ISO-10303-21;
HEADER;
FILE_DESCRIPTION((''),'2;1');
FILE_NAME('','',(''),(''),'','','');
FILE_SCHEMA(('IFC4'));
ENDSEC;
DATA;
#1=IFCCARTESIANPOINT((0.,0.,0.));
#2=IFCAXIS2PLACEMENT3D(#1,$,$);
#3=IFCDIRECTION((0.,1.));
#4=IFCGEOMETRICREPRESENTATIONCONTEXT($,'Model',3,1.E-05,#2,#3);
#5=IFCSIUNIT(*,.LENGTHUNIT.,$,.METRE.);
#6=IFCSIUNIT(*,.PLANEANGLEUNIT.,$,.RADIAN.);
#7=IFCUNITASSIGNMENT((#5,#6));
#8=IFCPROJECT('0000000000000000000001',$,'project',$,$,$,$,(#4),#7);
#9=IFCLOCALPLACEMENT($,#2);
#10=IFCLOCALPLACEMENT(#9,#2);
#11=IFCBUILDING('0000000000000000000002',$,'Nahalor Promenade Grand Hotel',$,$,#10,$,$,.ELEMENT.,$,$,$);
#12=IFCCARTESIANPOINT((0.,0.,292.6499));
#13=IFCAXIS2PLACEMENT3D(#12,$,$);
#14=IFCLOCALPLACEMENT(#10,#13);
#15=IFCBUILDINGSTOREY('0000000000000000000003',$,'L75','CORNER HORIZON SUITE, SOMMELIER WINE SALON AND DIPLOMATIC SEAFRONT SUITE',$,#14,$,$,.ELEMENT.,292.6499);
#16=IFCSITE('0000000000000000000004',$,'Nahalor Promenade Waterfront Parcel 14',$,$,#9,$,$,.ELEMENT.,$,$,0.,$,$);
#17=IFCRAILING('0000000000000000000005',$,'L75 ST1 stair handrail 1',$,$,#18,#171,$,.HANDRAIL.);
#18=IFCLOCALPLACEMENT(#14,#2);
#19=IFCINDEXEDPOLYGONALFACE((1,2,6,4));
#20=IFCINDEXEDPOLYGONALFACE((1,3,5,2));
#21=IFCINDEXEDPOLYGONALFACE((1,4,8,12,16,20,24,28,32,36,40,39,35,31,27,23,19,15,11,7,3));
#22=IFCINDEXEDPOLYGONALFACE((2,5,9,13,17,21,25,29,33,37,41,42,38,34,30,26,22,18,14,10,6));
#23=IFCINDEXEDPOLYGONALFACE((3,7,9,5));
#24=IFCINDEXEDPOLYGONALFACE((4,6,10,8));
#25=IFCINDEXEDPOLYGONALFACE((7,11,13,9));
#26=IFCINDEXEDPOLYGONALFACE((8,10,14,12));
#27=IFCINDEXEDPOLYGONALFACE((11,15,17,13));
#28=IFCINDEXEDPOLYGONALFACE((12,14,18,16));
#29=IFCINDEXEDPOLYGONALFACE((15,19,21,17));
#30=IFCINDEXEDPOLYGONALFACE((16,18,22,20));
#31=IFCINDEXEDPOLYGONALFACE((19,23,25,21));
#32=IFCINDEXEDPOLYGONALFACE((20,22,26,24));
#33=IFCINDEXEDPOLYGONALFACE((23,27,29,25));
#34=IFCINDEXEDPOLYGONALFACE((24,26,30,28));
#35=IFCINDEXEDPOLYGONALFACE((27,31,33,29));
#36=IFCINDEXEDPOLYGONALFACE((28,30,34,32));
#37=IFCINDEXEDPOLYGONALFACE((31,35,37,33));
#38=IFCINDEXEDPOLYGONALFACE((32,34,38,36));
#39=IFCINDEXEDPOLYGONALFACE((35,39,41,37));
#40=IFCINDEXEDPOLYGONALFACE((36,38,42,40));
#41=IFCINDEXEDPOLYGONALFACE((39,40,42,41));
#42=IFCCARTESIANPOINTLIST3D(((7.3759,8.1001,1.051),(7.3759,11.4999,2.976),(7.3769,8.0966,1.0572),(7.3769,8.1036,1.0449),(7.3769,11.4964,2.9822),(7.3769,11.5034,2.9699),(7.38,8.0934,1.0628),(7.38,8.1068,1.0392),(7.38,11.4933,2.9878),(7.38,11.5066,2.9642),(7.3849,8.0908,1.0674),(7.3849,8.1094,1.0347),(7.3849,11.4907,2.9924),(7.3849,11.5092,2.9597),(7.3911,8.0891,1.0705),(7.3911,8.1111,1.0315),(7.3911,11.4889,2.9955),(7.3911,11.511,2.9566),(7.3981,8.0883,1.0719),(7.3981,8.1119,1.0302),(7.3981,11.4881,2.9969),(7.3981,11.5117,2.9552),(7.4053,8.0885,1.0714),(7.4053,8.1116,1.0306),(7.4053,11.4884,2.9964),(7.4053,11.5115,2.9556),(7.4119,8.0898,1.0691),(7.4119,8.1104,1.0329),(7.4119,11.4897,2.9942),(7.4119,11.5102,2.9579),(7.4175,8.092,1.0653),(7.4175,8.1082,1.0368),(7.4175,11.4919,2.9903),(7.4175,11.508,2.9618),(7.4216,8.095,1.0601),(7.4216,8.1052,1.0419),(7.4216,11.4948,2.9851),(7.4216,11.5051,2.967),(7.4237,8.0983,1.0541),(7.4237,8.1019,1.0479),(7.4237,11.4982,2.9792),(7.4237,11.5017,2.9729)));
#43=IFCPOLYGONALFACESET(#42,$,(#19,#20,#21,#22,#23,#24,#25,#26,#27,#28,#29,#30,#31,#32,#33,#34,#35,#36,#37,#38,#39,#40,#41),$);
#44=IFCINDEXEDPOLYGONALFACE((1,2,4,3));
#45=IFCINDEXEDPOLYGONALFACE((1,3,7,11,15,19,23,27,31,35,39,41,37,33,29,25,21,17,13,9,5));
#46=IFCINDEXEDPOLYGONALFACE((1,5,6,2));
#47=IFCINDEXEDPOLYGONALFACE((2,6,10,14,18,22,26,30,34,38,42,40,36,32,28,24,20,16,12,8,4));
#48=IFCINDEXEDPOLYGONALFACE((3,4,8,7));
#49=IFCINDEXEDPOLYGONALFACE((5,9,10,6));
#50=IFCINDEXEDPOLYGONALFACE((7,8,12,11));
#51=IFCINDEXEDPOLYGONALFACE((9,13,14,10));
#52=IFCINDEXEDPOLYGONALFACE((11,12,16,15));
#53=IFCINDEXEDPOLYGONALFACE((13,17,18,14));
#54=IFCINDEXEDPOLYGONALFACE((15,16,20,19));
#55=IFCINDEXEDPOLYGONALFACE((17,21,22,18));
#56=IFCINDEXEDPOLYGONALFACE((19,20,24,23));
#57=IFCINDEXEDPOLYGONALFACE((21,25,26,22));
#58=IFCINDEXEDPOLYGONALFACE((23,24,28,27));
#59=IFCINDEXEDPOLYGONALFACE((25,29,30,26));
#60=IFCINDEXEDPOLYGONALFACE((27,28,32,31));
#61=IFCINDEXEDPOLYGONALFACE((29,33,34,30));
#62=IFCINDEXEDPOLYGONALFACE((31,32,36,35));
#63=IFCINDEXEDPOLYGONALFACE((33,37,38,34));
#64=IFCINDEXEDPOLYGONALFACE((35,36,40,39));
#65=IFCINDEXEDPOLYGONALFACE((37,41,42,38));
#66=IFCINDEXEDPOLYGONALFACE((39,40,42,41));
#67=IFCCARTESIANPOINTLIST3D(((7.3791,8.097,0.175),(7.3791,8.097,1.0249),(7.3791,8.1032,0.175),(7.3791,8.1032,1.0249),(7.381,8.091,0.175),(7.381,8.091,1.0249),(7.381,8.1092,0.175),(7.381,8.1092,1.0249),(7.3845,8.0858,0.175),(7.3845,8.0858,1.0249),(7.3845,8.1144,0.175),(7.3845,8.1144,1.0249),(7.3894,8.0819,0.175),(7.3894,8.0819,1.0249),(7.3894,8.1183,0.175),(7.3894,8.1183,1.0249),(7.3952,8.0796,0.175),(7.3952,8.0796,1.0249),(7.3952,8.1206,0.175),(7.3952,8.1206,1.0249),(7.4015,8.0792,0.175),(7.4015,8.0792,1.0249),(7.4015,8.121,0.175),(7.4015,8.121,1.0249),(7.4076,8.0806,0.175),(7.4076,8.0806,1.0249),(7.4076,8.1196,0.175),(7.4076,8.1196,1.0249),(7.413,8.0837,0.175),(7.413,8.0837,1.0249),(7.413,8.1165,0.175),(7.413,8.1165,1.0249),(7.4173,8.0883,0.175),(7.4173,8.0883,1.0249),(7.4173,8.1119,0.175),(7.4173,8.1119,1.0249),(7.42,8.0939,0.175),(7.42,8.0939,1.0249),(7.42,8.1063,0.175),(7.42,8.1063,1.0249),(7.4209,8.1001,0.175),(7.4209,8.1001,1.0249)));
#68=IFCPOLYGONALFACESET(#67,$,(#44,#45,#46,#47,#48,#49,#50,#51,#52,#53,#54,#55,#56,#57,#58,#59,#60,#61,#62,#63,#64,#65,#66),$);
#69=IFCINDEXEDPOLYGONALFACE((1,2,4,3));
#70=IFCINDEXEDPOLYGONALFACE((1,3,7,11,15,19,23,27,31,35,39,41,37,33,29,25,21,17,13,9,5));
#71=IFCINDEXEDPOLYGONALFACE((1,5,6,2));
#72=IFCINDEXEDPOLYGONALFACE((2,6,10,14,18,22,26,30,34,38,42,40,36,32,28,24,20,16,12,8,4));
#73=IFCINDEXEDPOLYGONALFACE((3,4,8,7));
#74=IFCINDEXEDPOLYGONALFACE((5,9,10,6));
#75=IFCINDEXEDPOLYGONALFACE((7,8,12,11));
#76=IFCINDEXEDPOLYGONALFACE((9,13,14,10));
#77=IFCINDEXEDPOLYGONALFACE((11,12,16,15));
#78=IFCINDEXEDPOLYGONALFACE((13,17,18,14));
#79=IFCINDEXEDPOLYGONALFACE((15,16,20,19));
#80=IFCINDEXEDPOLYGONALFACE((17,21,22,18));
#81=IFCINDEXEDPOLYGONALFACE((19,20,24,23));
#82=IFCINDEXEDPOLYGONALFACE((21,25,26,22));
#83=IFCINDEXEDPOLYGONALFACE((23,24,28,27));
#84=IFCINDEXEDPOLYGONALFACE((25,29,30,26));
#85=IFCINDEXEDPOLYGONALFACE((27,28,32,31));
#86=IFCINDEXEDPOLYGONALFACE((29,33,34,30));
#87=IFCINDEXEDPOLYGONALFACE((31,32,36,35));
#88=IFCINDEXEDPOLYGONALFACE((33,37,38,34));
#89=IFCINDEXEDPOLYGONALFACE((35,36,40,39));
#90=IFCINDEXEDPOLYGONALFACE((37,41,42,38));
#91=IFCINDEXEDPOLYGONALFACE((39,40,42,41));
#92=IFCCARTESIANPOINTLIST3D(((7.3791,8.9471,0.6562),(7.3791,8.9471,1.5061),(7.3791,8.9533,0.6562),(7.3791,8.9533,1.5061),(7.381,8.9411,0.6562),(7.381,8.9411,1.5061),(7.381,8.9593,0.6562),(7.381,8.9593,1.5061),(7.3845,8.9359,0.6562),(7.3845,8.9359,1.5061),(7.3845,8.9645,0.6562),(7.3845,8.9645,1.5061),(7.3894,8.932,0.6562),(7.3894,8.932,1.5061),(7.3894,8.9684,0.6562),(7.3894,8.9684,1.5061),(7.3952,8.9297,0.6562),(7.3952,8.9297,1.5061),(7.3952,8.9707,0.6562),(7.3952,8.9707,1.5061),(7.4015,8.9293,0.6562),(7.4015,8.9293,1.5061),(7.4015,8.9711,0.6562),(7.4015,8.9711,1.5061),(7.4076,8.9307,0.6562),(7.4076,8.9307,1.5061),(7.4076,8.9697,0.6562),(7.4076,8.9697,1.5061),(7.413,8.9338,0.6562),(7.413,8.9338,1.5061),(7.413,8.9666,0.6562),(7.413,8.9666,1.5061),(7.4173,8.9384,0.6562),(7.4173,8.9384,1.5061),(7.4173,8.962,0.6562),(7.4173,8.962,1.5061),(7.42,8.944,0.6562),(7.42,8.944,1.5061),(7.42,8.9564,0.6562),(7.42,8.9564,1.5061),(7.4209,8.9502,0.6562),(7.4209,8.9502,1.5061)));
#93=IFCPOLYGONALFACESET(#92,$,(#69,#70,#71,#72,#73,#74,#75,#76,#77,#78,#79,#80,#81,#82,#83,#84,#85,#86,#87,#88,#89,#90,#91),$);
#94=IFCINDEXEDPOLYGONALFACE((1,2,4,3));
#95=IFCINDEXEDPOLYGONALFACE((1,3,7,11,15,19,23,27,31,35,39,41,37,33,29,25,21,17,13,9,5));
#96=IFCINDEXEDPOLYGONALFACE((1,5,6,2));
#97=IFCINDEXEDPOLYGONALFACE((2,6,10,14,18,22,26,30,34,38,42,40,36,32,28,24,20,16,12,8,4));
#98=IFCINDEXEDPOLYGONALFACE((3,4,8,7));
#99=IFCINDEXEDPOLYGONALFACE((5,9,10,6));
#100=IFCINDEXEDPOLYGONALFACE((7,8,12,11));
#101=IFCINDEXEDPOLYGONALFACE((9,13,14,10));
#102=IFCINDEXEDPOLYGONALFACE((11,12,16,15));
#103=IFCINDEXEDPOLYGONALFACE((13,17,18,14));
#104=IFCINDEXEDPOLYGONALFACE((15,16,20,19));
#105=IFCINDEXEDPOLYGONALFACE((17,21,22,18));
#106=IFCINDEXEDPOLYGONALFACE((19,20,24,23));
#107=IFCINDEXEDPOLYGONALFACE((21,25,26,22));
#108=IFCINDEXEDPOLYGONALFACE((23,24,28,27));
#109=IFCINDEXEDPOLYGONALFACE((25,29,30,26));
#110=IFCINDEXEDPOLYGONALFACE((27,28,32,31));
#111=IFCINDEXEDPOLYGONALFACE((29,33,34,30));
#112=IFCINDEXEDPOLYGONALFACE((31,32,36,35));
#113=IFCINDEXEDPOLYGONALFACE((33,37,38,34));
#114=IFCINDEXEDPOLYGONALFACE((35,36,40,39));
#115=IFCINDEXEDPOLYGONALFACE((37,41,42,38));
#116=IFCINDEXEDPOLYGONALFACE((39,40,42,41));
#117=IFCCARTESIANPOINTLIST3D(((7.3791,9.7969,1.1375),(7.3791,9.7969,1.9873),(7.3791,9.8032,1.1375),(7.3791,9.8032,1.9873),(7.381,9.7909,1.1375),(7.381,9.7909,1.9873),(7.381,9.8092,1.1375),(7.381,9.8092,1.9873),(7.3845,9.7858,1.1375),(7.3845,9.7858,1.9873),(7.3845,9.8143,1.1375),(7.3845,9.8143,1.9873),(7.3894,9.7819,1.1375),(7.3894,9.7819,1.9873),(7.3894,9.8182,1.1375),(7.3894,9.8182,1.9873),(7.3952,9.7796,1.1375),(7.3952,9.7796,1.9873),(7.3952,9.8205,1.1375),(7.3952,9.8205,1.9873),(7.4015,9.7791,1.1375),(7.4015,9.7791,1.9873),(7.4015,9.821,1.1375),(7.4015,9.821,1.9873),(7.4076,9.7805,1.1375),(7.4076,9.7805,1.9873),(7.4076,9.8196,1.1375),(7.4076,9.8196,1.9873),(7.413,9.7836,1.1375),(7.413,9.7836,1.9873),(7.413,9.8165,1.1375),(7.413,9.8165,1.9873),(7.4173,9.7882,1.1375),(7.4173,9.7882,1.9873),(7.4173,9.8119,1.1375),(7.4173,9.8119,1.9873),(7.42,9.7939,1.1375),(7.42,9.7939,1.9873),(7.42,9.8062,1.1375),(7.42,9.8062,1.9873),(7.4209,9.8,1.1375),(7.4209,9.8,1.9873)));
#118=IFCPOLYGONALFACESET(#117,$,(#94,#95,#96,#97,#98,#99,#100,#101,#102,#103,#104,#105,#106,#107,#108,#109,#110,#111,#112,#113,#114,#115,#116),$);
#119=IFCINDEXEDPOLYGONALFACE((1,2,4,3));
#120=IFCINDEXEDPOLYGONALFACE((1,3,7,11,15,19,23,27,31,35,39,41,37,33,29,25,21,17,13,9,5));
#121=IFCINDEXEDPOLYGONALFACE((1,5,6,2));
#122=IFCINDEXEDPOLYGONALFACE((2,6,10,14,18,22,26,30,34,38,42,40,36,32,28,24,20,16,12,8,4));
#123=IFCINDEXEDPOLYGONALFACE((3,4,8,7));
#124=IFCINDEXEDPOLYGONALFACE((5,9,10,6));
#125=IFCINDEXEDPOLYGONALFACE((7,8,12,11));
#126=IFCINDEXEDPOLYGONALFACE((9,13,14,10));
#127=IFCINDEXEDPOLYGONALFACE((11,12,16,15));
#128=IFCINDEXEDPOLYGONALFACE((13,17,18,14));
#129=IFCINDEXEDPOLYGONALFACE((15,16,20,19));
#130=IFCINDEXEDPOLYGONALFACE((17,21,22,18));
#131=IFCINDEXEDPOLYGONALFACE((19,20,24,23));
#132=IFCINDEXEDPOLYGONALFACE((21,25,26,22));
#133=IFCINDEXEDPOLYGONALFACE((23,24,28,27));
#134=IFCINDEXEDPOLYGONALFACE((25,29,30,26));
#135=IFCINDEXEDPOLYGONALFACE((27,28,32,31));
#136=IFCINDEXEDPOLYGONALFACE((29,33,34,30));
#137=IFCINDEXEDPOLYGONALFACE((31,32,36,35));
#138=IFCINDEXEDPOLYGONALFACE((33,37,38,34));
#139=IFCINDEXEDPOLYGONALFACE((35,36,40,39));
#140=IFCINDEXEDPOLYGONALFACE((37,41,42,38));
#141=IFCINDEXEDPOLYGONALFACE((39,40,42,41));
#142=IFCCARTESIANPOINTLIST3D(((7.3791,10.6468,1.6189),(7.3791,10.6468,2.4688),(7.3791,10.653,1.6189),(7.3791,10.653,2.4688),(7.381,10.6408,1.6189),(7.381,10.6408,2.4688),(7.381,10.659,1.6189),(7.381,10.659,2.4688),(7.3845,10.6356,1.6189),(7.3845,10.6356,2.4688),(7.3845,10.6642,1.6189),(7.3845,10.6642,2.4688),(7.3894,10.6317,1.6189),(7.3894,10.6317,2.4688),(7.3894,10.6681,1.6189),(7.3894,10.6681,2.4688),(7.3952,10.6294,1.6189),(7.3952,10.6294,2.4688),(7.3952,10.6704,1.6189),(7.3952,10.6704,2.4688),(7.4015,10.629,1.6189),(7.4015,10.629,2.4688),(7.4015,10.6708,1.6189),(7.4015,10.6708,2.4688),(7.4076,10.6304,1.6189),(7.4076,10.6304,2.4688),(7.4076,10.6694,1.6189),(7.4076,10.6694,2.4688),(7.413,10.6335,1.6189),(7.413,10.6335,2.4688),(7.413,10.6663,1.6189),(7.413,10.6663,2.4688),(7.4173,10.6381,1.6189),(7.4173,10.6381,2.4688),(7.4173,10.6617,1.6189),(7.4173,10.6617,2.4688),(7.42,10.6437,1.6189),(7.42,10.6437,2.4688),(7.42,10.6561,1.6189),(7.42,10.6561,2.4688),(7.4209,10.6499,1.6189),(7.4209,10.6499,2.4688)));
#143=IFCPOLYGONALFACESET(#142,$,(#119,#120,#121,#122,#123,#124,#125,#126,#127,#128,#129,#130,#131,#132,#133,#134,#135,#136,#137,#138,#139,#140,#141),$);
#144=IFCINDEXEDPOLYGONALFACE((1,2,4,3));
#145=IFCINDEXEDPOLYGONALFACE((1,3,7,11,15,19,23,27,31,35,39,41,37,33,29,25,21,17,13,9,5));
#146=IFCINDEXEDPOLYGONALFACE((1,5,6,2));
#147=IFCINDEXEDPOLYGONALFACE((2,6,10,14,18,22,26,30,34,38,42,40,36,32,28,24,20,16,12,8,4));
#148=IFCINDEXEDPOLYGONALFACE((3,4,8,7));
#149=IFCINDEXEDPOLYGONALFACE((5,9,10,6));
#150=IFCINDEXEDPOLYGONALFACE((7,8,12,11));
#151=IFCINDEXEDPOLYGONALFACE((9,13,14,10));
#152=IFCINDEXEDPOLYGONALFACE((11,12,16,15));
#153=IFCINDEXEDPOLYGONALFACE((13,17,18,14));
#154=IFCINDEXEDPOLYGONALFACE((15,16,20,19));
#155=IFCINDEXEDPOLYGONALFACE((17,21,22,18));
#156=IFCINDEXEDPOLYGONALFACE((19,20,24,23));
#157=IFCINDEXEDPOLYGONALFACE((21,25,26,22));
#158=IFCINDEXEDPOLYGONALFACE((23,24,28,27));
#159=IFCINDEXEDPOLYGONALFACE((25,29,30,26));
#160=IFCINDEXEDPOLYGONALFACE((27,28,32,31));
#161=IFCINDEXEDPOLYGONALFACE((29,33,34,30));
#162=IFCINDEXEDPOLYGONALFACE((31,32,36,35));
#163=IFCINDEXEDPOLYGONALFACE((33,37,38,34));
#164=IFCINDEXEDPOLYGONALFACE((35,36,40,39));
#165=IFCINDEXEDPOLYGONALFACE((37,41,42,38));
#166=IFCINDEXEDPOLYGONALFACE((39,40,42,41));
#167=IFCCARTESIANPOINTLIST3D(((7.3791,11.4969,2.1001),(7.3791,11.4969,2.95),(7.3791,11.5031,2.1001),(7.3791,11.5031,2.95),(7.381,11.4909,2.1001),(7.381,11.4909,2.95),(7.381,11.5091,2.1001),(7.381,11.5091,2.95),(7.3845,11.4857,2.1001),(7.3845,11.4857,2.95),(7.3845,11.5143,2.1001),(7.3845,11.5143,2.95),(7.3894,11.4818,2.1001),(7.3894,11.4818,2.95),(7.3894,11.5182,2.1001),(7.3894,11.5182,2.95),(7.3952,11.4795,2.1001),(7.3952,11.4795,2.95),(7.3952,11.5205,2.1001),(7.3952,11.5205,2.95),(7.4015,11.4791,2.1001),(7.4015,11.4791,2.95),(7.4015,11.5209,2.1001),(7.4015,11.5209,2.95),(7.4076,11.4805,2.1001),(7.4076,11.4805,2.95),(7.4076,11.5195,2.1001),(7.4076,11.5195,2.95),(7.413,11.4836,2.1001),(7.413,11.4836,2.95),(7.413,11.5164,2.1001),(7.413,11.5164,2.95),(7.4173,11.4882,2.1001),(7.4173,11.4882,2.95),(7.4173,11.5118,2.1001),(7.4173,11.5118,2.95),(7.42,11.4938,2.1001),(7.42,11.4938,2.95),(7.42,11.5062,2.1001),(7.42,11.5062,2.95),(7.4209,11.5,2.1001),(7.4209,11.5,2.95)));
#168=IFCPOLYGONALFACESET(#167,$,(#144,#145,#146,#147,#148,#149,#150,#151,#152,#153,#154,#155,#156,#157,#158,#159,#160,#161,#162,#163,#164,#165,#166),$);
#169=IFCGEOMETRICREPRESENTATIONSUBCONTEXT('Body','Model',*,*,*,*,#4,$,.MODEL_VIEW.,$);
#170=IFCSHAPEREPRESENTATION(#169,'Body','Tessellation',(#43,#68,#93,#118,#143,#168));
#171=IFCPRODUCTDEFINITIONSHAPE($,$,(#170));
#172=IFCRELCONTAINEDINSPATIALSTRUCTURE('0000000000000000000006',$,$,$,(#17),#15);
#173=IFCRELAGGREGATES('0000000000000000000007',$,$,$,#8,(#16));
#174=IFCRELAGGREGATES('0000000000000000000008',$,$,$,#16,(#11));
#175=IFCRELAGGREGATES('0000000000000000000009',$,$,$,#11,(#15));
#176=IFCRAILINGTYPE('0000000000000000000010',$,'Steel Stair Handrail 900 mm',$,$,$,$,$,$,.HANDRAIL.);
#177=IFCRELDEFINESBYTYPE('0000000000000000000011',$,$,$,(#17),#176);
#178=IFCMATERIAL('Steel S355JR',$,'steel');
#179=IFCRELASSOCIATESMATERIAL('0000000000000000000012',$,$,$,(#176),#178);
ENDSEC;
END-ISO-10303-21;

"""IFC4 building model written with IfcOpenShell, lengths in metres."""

from ifc_helpers import new_model, si_unit, direction, frame, origin, origin_2d, place, context, subcontext, project, spatial, circle, extrude, material, type_object, element, save


model = new_model("IFC4")

# Units and contexts
model_context = context("Model", 3, precision=1e-05, world=origin(), true_north=direction((0.0, 1.0)))
body_context = subcontext(model_context, "Body", "Model", "MODEL_VIEW")
ifc_project = project(units=[si_unit("LENGTHUNIT", "METRE"), si_unit("PLANEANGLEUNIT", "RADIAN")], contexts=[model_context])

# Site, building, storey
site_placement = place(None, origin())
site = spatial("IfcSite", under=ifc_project, at=site_placement, Name="Nahalor Promenade Waterfront Parcel 14", CompositionType="ELEMENT", RefElevation=0.0)
building_placement = place(site_placement, origin())
building = spatial("IfcBuilding", under=site, at=building_placement, Name="Nahalor Promenade Grand Hotel", CompositionType="ELEMENT")
storey_placement = place(building_placement, frame((0.0, 0.0, 292.6499)))
storey = spatial("IfcBuildingStorey", under=building, at=storey_placement, Name="L75", Description="CORNER HORIZON SUITE, SOMMELIER WINE SALON AND DIPLOMATIC SEAFRONT SUITE", CompositionType="ELEMENT", Elevation=292.6499)

# Shared definitions
ifc_material_1 = material(Name="Steel S355JR", Category="steel")

# Railing
railing_type_1 = type_object("IfcRailingType", Name="Steel Stair Handrail 900 mm", PredefinedType="HANDRAIL", material=ifc_material_1)
railing_1_placement = place(storey_placement, frame((7.3999, 8.1001, 0.175)))
element("IfcRailing", 1, at=railing_1_placement, inside=storey, type_object=railing_type_1, Name="L75 ST1 stair handrail 1", PredefinedType="HANDRAIL", context=body_context, shape_type="SweptSolid", body=[
    extrude(circle(Radius=0.024, at=origin_2d()), frame((0.0, 0.0, 0.876), z_axis=(0.0, 0.870194, 0.49271), x_axis=(-1.0, 0.0, 0.0)), (0.0, 0.0, 1.0), 3.907),
    extrude(circle(Radius=0.021, at=origin_2d()), origin(), (0.0, 0.0, 1.0), 0.8499),
    extrude(circle(Radius=0.021, at=origin_2d()), frame((0.0, 0.8501, 0.4812)), (0.0, 0.0, 1.0), 0.8499),
    extrude(circle(Radius=0.021, at=origin_2d()), frame((0.0, 1.7, 0.9624)), (0.0, 0.0, 1.0), 0.8499),
    extrude(circle(Radius=0.021, at=origin_2d()), frame((0.0, 2.5498, 1.4438)), (0.0, 0.0, 1.0), 0.8499),
    extrude(circle(Radius=0.021, at=origin_2d()), frame((0.0, 3.3999, 1.925)), (0.0, 0.0, 1.0), 0.8499),
])

save(model, "model.ifc")
